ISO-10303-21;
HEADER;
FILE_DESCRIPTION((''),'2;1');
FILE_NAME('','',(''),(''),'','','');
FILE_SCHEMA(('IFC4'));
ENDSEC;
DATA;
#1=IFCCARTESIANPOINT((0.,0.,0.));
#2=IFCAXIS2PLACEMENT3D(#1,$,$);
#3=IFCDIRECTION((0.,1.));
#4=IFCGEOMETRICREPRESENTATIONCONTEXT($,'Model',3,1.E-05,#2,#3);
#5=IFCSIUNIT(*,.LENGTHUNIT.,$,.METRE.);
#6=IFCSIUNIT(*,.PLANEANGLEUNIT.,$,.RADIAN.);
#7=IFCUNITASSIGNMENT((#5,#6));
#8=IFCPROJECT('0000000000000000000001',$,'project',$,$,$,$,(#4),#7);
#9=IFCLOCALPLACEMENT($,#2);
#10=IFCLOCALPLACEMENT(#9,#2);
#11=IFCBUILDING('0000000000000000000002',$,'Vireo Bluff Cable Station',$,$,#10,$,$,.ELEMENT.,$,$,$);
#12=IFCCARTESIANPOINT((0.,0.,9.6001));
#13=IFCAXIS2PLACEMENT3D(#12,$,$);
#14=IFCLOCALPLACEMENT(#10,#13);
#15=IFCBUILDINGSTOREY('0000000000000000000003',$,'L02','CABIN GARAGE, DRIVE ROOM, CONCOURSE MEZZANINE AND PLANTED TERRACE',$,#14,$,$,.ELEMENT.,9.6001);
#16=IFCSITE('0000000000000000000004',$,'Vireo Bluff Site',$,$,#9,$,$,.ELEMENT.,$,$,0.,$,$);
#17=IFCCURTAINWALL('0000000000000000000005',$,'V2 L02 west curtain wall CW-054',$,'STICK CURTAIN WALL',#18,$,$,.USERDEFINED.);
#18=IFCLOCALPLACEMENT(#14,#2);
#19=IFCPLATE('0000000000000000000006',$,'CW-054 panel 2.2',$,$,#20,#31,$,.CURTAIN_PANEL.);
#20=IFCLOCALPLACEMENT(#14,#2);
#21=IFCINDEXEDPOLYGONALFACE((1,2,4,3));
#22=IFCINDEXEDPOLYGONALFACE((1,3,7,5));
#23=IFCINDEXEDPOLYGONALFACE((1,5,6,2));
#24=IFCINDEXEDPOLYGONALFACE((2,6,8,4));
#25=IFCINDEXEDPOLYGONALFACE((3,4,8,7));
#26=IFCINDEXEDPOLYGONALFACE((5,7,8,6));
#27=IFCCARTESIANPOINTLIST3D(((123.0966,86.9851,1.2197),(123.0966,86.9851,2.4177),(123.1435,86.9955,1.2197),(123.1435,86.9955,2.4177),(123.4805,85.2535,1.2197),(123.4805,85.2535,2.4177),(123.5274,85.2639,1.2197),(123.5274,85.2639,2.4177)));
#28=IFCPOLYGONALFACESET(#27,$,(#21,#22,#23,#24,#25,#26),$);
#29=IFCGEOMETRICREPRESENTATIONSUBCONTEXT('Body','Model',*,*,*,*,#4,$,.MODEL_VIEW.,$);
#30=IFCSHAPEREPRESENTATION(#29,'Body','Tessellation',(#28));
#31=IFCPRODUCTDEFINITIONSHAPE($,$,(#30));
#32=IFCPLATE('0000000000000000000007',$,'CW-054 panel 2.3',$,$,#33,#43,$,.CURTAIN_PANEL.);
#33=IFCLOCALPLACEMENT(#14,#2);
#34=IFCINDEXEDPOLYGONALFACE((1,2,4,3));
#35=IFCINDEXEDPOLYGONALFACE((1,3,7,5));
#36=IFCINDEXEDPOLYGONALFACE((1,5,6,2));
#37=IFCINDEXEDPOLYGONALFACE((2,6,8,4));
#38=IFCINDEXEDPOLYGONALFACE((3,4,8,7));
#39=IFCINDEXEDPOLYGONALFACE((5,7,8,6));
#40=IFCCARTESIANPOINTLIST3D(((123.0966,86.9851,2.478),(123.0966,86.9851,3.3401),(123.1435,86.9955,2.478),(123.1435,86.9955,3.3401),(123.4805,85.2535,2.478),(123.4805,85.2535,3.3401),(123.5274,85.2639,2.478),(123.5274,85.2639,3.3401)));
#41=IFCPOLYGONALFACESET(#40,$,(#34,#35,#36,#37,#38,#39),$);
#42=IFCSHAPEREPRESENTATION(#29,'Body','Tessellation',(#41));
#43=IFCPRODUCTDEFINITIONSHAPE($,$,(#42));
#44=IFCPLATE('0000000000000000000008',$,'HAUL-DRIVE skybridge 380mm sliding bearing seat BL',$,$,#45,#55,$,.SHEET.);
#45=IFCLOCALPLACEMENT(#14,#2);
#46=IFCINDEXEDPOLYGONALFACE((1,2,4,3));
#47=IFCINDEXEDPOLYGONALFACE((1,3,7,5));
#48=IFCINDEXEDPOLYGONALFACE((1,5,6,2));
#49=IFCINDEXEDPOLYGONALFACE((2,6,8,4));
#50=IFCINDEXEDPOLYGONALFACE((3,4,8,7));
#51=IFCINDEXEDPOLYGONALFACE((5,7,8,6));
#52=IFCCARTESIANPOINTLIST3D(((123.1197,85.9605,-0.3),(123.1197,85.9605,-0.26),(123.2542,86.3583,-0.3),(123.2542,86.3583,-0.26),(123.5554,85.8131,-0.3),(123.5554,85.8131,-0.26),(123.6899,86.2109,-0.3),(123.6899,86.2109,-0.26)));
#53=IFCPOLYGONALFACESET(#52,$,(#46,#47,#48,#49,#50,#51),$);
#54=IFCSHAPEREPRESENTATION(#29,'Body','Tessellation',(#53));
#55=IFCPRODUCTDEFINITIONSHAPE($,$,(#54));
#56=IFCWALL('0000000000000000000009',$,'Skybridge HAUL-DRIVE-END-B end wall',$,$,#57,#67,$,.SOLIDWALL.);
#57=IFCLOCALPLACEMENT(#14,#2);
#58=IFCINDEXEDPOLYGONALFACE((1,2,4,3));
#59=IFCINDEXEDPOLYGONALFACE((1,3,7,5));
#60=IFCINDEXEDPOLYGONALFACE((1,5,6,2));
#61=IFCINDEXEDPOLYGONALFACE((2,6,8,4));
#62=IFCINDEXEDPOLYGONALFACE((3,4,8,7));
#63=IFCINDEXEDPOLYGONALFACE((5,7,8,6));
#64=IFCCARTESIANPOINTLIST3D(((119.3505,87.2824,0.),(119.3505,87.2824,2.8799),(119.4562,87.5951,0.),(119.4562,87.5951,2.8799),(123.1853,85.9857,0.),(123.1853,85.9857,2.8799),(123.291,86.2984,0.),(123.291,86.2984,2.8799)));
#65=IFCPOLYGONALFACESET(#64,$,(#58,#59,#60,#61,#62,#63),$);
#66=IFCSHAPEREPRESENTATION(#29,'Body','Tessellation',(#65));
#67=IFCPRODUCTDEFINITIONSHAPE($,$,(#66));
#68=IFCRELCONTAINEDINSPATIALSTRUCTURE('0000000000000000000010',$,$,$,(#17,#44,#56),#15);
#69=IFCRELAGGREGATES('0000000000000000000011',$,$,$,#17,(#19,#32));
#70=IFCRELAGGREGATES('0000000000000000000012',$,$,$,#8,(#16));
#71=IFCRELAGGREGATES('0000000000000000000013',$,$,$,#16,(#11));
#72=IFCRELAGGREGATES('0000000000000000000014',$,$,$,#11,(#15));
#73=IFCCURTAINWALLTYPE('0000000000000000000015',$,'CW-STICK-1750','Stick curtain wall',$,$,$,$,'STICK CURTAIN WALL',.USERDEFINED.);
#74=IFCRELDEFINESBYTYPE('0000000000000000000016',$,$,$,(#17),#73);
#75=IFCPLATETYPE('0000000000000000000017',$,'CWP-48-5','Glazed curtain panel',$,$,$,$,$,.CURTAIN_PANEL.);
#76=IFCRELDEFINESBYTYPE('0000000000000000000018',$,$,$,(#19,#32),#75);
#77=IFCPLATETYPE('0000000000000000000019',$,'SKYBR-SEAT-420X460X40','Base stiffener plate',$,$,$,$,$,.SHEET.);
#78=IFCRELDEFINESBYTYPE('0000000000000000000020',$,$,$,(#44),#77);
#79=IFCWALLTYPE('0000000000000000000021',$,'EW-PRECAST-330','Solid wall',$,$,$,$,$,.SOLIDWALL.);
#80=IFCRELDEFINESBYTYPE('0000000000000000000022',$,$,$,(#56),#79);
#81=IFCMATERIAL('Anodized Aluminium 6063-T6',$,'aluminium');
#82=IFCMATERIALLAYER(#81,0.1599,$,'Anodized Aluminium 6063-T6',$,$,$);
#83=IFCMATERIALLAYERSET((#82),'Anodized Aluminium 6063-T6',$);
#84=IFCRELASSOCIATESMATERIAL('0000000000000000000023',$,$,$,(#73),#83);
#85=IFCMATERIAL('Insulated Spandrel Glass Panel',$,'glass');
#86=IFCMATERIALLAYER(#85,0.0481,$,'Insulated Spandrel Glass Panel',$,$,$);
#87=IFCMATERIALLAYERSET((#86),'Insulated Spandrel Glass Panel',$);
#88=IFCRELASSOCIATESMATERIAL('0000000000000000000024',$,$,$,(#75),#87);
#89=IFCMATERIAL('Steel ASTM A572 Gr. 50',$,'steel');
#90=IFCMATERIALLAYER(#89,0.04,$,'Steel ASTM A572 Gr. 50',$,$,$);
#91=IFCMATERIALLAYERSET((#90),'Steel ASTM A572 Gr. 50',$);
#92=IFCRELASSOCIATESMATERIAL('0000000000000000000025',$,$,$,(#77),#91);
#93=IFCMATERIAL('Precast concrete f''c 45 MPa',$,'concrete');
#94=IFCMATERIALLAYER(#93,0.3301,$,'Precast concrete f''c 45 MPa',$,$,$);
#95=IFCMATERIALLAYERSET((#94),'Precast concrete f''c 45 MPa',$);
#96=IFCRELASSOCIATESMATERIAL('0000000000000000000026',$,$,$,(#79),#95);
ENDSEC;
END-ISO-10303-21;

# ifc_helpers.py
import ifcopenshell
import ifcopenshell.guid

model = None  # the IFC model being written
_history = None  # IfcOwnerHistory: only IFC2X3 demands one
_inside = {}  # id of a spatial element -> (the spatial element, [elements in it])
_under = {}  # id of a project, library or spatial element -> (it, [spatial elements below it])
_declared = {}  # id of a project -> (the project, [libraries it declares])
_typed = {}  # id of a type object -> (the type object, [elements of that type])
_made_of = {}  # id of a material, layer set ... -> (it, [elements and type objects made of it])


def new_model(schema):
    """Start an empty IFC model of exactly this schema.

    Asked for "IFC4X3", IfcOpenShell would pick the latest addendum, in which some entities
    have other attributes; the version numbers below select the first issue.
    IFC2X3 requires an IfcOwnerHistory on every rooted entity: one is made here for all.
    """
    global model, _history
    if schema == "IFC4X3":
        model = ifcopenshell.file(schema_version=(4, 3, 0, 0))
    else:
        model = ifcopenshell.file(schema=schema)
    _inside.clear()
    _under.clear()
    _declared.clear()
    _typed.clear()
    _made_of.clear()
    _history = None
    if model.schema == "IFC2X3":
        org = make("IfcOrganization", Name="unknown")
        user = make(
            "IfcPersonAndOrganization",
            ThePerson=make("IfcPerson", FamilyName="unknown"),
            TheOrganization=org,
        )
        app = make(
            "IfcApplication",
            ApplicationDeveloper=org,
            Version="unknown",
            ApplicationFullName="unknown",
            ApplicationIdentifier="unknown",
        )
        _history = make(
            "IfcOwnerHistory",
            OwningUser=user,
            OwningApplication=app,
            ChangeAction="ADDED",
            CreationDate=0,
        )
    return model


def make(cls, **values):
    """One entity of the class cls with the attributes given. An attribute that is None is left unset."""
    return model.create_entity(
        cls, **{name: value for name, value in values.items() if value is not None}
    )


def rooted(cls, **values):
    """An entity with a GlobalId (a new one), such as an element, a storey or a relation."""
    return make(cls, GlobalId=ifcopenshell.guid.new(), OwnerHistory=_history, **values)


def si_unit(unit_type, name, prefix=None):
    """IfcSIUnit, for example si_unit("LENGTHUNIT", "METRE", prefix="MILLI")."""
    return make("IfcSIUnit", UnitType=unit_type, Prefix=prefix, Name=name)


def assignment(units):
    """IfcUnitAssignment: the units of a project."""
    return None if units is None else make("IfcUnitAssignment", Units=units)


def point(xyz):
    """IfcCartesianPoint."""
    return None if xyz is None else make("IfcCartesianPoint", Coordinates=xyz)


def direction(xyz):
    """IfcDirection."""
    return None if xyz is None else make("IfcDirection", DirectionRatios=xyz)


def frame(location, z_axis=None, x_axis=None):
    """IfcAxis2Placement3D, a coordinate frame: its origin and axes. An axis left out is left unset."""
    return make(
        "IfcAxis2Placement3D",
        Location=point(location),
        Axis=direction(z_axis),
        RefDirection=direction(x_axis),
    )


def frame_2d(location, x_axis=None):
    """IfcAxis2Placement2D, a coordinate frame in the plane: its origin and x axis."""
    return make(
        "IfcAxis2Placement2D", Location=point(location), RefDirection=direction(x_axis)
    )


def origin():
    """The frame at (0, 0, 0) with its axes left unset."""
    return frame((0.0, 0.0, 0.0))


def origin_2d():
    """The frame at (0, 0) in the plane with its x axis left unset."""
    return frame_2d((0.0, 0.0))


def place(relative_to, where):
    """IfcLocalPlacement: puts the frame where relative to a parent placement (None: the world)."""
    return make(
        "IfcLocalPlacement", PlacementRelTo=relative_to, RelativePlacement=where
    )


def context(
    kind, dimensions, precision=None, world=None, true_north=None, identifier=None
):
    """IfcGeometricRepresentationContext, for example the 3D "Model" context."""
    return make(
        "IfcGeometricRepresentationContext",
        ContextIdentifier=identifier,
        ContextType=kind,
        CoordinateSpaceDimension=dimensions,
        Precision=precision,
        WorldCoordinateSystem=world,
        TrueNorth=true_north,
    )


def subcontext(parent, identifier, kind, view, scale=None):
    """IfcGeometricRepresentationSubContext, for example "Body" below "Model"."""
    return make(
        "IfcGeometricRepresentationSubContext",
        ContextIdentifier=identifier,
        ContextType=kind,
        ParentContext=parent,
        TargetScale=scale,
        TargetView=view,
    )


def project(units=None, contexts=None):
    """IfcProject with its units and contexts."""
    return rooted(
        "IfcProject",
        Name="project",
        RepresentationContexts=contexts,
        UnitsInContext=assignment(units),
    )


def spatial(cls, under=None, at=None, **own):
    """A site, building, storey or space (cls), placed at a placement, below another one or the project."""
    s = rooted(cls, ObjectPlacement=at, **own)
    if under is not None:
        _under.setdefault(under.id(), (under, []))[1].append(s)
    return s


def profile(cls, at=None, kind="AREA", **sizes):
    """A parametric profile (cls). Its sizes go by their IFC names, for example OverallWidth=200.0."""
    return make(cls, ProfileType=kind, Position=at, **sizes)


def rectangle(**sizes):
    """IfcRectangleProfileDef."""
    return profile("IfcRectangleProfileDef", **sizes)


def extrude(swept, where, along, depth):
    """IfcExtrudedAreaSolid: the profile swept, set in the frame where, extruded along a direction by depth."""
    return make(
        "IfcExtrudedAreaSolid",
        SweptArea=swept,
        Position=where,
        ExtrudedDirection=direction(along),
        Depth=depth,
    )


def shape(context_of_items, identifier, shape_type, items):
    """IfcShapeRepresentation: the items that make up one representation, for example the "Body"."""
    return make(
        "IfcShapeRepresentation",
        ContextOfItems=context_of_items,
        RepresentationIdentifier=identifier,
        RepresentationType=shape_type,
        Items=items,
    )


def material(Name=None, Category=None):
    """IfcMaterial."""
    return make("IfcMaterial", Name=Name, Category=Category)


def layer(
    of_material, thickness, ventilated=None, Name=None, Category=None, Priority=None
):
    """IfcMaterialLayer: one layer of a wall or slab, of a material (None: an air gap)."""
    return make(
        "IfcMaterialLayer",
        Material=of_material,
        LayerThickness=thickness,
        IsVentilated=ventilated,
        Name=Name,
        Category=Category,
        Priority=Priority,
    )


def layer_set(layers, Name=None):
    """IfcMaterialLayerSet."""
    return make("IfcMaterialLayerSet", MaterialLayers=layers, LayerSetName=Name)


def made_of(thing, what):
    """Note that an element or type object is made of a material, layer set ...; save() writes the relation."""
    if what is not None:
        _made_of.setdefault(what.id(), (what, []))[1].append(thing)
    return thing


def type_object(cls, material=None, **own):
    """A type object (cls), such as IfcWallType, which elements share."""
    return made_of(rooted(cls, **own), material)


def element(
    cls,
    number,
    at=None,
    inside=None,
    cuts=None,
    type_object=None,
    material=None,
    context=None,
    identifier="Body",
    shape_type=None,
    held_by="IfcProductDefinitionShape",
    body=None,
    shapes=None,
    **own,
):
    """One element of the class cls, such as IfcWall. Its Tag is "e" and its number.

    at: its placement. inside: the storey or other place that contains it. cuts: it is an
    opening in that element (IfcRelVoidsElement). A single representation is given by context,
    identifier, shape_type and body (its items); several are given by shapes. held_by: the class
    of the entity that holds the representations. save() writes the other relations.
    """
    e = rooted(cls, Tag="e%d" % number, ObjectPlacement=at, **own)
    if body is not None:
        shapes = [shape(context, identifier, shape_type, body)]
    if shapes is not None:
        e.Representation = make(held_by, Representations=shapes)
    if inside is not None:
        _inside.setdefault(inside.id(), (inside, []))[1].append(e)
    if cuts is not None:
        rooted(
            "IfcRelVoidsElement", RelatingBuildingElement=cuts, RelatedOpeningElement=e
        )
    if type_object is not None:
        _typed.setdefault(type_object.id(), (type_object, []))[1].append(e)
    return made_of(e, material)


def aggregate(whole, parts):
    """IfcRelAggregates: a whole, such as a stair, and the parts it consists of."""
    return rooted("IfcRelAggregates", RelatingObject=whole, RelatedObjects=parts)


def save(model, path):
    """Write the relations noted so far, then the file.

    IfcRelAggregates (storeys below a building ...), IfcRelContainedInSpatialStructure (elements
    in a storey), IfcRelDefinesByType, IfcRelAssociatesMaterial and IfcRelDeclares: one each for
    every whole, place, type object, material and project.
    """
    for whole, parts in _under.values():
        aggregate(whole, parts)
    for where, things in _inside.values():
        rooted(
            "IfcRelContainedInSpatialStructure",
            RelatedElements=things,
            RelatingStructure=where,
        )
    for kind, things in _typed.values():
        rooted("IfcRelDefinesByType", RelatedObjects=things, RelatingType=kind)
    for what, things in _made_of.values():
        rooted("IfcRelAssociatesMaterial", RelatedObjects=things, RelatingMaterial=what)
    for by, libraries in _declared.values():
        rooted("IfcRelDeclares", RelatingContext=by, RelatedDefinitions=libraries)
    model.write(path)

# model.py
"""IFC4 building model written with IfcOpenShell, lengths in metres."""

from ifc_helpers import new_model, si_unit, direction, frame, frame_2d, origin, origin_2d, place, context, subcontext, project, spatial, rectangle, extrude, material, layer, layer_set, type_object, element, aggregate, save


model = new_model("IFC4")

# Units and contexts
model_context = context("Model", 3, precision=1e-05, world=origin(), true_north=direction((0.0, 1.0)))
body_context = subcontext(model_context, "Body", "Model", "MODEL_VIEW")
ifc_project = project(units=[si_unit("LENGTHUNIT", "METRE"), si_unit("PLANEANGLEUNIT", "RADIAN")], contexts=[model_context])

# Site, building, storey
site_placement = place(None, origin())
site = spatial("IfcSite", under=ifc_project, at=site_placement, Name="Vireo Bluff Site", CompositionType="ELEMENT", RefElevation=0.0)
building_placement = place(site_placement, origin())
building = spatial("IfcBuilding", under=site, at=building_placement, Name="Vireo Bluff Cable Station", CompositionType="ELEMENT")
storey_placement = place(building_placement, frame((0.0, 0.0, 9.6001)))
storey = spatial("IfcBuildingStorey", under=building, at=storey_placement, Name="L02", Description="CABIN GARAGE, DRIVE ROOM, CONCOURSE MEZZANINE AND PLANTED TERRACE", CompositionType="ELEMENT", Elevation=9.6001)

# Curtain wall
ifc_material_1 = material(Name="Anodized Aluminium 6063-T6", Category="aluminium")
ifc_layer_1 = layer(ifc_material_1, 0.1599, Name="Anodized Aluminium 6063-T6")
ifc_layer_set_1 = layer_set([ifc_layer_1], Name="Anodized Aluminium 6063-T6")
curtain_wall_type_1 = type_object("IfcCurtainWallType", Name="CW-STICK-1750", Description="Stick curtain wall", ElementType="STICK CURTAIN WALL", PredefinedType="USERDEFINED", material=ifc_layer_set_1)
curtain_wall_1_placement = place(storey_placement, origin())
curtain_wall_1 = element("IfcCurtainWall", 1, at=curtain_wall_1_placement, inside=storey, type_object=curtain_wall_type_1, Name="V2 L02 west curtain wall CW-054", ObjectType="STICK CURTAIN WALL", PredefinedType="USERDEFINED")

# Plates
ifc_material_2 = material(Name="Insulated Spandrel Glass Panel", Category="glass")
ifc_layer_2 = layer(ifc_material_2, 0.0481, Name="Insulated Spandrel Glass Panel")
ifc_layer_set_2 = layer_set([ifc_layer_2], Name="Insulated Spandrel Glass Panel")
plate_type_1 = type_object("IfcPlateType", Name="CWP-48-5", Description="Glazed curtain panel", PredefinedType="CURTAIN_PANEL", material=ifc_layer_set_2)
plate_1_placement = place(storey_placement, frame((123.312, 86.1245, 1.2197), z_axis=(0.0, 0.0, 1.0), x_axis=(-0.21644, 0.976296, 0.0)))
plate_1 = element("IfcPlate", 2, at=plate_1_placement, type_object=plate_type_1, Name="CW-054 panel 2.2", PredefinedType="CURTAIN_PANEL", context=body_context, shape_type="SweptSolid", body=[
    extrude(rectangle(XDim=1.7737, YDim=0.0481, at=origin_2d()), origin(), (0.0, 0.0, 1.0), 1.198),
])
plate_2_placement = place(storey_placement, frame((123.312, 86.1245, 2.478), z_axis=(0.0, 0.0, 1.0), x_axis=(-0.21644, 0.976296, 0.0)))
plate_2 = element("IfcPlate", 3, at=plate_2_placement, type_object=plate_type_1, Name="CW-054 panel 2.3", PredefinedType="CURTAIN_PANEL", context=body_context, shape_type="SweptSolid", body=[
    extrude(rectangle(XDim=1.7737, YDim=0.0481, at=origin_2d()), origin(), (0.0, 0.0, 1.0), 0.8621),
])
aggregate(curtain_wall_1, [plate_1, plate_2])
ifc_material_3 = material(Name="Steel ASTM A572 Gr. 50", Category="steel")
ifc_layer_3 = layer(ifc_material_3, 0.04, Name="Steel ASTM A572 Gr. 50")
ifc_layer_set_3 = layer_set([ifc_layer_3], Name="Steel ASTM A572 Gr. 50")
plate_type_2 = type_object("IfcPlateType", Name="SKYBR-SEAT-420X460X40", Description="Base stiffener plate", PredefinedType="SHEET", material=ifc_layer_set_3)
plate_3_placement = place(storey_placement, frame((123.4048, 86.0857, -0.3), z_axis=(0.0, 0.0, 1.0), x_axis=(0.320352, 0.947299, 0.0)))
element("IfcPlate", 4, at=plate_3_placement, inside=storey, type_object=plate_type_2, Name="HAUL-DRIVE skybridge 380mm sliding bearing seat BL", PredefinedType="SHEET", context=body_context, shape_type="SweptSolid", body=[
    extrude(rectangle(XDim=0.4199, YDim=0.46, at=origin_2d()), origin(), (0.0, 0.0, 1.0), 0.04),
])

# Wall
ifc_material_4 = material(Name="Precast concrete f'c 45 MPa", Category="concrete")
ifc_layer_4 = layer(ifc_material_4, 0.3301, Name="Precast concrete f'c 45 MPa")
ifc_layer_set_4 = layer_set([ifc_layer_4], Name="Precast concrete f'c 45 MPa")
wall_type = type_object("IfcWallType", Name="EW-PRECAST-330", Description="Solid wall", PredefinedType="SOLIDWALL", material=ifc_layer_set_4)
wall_placement = place(storey_placement, frame((123.238, 86.1421, 0.0), z_axis=(0.0, 0.0, 1.0), x_axis=(-0.947311, 0.320314, 0.0)))
element("IfcWall", 5, at=wall_placement, inside=storey, type_object=wall_type, Name="Skybridge HAUL-DRIVE-END-B end wall", PredefinedType="SOLIDWALL", context=body_context, shape_type="SweptSolid", body=[
    extrude(rectangle(XDim=4.0481, YDim=0.3301, at=frame_2d((2.0239, 0.0))), origin(), (0.0, 0.0, 1.0), 2.8799),
])

save(model, "model.ifc")
